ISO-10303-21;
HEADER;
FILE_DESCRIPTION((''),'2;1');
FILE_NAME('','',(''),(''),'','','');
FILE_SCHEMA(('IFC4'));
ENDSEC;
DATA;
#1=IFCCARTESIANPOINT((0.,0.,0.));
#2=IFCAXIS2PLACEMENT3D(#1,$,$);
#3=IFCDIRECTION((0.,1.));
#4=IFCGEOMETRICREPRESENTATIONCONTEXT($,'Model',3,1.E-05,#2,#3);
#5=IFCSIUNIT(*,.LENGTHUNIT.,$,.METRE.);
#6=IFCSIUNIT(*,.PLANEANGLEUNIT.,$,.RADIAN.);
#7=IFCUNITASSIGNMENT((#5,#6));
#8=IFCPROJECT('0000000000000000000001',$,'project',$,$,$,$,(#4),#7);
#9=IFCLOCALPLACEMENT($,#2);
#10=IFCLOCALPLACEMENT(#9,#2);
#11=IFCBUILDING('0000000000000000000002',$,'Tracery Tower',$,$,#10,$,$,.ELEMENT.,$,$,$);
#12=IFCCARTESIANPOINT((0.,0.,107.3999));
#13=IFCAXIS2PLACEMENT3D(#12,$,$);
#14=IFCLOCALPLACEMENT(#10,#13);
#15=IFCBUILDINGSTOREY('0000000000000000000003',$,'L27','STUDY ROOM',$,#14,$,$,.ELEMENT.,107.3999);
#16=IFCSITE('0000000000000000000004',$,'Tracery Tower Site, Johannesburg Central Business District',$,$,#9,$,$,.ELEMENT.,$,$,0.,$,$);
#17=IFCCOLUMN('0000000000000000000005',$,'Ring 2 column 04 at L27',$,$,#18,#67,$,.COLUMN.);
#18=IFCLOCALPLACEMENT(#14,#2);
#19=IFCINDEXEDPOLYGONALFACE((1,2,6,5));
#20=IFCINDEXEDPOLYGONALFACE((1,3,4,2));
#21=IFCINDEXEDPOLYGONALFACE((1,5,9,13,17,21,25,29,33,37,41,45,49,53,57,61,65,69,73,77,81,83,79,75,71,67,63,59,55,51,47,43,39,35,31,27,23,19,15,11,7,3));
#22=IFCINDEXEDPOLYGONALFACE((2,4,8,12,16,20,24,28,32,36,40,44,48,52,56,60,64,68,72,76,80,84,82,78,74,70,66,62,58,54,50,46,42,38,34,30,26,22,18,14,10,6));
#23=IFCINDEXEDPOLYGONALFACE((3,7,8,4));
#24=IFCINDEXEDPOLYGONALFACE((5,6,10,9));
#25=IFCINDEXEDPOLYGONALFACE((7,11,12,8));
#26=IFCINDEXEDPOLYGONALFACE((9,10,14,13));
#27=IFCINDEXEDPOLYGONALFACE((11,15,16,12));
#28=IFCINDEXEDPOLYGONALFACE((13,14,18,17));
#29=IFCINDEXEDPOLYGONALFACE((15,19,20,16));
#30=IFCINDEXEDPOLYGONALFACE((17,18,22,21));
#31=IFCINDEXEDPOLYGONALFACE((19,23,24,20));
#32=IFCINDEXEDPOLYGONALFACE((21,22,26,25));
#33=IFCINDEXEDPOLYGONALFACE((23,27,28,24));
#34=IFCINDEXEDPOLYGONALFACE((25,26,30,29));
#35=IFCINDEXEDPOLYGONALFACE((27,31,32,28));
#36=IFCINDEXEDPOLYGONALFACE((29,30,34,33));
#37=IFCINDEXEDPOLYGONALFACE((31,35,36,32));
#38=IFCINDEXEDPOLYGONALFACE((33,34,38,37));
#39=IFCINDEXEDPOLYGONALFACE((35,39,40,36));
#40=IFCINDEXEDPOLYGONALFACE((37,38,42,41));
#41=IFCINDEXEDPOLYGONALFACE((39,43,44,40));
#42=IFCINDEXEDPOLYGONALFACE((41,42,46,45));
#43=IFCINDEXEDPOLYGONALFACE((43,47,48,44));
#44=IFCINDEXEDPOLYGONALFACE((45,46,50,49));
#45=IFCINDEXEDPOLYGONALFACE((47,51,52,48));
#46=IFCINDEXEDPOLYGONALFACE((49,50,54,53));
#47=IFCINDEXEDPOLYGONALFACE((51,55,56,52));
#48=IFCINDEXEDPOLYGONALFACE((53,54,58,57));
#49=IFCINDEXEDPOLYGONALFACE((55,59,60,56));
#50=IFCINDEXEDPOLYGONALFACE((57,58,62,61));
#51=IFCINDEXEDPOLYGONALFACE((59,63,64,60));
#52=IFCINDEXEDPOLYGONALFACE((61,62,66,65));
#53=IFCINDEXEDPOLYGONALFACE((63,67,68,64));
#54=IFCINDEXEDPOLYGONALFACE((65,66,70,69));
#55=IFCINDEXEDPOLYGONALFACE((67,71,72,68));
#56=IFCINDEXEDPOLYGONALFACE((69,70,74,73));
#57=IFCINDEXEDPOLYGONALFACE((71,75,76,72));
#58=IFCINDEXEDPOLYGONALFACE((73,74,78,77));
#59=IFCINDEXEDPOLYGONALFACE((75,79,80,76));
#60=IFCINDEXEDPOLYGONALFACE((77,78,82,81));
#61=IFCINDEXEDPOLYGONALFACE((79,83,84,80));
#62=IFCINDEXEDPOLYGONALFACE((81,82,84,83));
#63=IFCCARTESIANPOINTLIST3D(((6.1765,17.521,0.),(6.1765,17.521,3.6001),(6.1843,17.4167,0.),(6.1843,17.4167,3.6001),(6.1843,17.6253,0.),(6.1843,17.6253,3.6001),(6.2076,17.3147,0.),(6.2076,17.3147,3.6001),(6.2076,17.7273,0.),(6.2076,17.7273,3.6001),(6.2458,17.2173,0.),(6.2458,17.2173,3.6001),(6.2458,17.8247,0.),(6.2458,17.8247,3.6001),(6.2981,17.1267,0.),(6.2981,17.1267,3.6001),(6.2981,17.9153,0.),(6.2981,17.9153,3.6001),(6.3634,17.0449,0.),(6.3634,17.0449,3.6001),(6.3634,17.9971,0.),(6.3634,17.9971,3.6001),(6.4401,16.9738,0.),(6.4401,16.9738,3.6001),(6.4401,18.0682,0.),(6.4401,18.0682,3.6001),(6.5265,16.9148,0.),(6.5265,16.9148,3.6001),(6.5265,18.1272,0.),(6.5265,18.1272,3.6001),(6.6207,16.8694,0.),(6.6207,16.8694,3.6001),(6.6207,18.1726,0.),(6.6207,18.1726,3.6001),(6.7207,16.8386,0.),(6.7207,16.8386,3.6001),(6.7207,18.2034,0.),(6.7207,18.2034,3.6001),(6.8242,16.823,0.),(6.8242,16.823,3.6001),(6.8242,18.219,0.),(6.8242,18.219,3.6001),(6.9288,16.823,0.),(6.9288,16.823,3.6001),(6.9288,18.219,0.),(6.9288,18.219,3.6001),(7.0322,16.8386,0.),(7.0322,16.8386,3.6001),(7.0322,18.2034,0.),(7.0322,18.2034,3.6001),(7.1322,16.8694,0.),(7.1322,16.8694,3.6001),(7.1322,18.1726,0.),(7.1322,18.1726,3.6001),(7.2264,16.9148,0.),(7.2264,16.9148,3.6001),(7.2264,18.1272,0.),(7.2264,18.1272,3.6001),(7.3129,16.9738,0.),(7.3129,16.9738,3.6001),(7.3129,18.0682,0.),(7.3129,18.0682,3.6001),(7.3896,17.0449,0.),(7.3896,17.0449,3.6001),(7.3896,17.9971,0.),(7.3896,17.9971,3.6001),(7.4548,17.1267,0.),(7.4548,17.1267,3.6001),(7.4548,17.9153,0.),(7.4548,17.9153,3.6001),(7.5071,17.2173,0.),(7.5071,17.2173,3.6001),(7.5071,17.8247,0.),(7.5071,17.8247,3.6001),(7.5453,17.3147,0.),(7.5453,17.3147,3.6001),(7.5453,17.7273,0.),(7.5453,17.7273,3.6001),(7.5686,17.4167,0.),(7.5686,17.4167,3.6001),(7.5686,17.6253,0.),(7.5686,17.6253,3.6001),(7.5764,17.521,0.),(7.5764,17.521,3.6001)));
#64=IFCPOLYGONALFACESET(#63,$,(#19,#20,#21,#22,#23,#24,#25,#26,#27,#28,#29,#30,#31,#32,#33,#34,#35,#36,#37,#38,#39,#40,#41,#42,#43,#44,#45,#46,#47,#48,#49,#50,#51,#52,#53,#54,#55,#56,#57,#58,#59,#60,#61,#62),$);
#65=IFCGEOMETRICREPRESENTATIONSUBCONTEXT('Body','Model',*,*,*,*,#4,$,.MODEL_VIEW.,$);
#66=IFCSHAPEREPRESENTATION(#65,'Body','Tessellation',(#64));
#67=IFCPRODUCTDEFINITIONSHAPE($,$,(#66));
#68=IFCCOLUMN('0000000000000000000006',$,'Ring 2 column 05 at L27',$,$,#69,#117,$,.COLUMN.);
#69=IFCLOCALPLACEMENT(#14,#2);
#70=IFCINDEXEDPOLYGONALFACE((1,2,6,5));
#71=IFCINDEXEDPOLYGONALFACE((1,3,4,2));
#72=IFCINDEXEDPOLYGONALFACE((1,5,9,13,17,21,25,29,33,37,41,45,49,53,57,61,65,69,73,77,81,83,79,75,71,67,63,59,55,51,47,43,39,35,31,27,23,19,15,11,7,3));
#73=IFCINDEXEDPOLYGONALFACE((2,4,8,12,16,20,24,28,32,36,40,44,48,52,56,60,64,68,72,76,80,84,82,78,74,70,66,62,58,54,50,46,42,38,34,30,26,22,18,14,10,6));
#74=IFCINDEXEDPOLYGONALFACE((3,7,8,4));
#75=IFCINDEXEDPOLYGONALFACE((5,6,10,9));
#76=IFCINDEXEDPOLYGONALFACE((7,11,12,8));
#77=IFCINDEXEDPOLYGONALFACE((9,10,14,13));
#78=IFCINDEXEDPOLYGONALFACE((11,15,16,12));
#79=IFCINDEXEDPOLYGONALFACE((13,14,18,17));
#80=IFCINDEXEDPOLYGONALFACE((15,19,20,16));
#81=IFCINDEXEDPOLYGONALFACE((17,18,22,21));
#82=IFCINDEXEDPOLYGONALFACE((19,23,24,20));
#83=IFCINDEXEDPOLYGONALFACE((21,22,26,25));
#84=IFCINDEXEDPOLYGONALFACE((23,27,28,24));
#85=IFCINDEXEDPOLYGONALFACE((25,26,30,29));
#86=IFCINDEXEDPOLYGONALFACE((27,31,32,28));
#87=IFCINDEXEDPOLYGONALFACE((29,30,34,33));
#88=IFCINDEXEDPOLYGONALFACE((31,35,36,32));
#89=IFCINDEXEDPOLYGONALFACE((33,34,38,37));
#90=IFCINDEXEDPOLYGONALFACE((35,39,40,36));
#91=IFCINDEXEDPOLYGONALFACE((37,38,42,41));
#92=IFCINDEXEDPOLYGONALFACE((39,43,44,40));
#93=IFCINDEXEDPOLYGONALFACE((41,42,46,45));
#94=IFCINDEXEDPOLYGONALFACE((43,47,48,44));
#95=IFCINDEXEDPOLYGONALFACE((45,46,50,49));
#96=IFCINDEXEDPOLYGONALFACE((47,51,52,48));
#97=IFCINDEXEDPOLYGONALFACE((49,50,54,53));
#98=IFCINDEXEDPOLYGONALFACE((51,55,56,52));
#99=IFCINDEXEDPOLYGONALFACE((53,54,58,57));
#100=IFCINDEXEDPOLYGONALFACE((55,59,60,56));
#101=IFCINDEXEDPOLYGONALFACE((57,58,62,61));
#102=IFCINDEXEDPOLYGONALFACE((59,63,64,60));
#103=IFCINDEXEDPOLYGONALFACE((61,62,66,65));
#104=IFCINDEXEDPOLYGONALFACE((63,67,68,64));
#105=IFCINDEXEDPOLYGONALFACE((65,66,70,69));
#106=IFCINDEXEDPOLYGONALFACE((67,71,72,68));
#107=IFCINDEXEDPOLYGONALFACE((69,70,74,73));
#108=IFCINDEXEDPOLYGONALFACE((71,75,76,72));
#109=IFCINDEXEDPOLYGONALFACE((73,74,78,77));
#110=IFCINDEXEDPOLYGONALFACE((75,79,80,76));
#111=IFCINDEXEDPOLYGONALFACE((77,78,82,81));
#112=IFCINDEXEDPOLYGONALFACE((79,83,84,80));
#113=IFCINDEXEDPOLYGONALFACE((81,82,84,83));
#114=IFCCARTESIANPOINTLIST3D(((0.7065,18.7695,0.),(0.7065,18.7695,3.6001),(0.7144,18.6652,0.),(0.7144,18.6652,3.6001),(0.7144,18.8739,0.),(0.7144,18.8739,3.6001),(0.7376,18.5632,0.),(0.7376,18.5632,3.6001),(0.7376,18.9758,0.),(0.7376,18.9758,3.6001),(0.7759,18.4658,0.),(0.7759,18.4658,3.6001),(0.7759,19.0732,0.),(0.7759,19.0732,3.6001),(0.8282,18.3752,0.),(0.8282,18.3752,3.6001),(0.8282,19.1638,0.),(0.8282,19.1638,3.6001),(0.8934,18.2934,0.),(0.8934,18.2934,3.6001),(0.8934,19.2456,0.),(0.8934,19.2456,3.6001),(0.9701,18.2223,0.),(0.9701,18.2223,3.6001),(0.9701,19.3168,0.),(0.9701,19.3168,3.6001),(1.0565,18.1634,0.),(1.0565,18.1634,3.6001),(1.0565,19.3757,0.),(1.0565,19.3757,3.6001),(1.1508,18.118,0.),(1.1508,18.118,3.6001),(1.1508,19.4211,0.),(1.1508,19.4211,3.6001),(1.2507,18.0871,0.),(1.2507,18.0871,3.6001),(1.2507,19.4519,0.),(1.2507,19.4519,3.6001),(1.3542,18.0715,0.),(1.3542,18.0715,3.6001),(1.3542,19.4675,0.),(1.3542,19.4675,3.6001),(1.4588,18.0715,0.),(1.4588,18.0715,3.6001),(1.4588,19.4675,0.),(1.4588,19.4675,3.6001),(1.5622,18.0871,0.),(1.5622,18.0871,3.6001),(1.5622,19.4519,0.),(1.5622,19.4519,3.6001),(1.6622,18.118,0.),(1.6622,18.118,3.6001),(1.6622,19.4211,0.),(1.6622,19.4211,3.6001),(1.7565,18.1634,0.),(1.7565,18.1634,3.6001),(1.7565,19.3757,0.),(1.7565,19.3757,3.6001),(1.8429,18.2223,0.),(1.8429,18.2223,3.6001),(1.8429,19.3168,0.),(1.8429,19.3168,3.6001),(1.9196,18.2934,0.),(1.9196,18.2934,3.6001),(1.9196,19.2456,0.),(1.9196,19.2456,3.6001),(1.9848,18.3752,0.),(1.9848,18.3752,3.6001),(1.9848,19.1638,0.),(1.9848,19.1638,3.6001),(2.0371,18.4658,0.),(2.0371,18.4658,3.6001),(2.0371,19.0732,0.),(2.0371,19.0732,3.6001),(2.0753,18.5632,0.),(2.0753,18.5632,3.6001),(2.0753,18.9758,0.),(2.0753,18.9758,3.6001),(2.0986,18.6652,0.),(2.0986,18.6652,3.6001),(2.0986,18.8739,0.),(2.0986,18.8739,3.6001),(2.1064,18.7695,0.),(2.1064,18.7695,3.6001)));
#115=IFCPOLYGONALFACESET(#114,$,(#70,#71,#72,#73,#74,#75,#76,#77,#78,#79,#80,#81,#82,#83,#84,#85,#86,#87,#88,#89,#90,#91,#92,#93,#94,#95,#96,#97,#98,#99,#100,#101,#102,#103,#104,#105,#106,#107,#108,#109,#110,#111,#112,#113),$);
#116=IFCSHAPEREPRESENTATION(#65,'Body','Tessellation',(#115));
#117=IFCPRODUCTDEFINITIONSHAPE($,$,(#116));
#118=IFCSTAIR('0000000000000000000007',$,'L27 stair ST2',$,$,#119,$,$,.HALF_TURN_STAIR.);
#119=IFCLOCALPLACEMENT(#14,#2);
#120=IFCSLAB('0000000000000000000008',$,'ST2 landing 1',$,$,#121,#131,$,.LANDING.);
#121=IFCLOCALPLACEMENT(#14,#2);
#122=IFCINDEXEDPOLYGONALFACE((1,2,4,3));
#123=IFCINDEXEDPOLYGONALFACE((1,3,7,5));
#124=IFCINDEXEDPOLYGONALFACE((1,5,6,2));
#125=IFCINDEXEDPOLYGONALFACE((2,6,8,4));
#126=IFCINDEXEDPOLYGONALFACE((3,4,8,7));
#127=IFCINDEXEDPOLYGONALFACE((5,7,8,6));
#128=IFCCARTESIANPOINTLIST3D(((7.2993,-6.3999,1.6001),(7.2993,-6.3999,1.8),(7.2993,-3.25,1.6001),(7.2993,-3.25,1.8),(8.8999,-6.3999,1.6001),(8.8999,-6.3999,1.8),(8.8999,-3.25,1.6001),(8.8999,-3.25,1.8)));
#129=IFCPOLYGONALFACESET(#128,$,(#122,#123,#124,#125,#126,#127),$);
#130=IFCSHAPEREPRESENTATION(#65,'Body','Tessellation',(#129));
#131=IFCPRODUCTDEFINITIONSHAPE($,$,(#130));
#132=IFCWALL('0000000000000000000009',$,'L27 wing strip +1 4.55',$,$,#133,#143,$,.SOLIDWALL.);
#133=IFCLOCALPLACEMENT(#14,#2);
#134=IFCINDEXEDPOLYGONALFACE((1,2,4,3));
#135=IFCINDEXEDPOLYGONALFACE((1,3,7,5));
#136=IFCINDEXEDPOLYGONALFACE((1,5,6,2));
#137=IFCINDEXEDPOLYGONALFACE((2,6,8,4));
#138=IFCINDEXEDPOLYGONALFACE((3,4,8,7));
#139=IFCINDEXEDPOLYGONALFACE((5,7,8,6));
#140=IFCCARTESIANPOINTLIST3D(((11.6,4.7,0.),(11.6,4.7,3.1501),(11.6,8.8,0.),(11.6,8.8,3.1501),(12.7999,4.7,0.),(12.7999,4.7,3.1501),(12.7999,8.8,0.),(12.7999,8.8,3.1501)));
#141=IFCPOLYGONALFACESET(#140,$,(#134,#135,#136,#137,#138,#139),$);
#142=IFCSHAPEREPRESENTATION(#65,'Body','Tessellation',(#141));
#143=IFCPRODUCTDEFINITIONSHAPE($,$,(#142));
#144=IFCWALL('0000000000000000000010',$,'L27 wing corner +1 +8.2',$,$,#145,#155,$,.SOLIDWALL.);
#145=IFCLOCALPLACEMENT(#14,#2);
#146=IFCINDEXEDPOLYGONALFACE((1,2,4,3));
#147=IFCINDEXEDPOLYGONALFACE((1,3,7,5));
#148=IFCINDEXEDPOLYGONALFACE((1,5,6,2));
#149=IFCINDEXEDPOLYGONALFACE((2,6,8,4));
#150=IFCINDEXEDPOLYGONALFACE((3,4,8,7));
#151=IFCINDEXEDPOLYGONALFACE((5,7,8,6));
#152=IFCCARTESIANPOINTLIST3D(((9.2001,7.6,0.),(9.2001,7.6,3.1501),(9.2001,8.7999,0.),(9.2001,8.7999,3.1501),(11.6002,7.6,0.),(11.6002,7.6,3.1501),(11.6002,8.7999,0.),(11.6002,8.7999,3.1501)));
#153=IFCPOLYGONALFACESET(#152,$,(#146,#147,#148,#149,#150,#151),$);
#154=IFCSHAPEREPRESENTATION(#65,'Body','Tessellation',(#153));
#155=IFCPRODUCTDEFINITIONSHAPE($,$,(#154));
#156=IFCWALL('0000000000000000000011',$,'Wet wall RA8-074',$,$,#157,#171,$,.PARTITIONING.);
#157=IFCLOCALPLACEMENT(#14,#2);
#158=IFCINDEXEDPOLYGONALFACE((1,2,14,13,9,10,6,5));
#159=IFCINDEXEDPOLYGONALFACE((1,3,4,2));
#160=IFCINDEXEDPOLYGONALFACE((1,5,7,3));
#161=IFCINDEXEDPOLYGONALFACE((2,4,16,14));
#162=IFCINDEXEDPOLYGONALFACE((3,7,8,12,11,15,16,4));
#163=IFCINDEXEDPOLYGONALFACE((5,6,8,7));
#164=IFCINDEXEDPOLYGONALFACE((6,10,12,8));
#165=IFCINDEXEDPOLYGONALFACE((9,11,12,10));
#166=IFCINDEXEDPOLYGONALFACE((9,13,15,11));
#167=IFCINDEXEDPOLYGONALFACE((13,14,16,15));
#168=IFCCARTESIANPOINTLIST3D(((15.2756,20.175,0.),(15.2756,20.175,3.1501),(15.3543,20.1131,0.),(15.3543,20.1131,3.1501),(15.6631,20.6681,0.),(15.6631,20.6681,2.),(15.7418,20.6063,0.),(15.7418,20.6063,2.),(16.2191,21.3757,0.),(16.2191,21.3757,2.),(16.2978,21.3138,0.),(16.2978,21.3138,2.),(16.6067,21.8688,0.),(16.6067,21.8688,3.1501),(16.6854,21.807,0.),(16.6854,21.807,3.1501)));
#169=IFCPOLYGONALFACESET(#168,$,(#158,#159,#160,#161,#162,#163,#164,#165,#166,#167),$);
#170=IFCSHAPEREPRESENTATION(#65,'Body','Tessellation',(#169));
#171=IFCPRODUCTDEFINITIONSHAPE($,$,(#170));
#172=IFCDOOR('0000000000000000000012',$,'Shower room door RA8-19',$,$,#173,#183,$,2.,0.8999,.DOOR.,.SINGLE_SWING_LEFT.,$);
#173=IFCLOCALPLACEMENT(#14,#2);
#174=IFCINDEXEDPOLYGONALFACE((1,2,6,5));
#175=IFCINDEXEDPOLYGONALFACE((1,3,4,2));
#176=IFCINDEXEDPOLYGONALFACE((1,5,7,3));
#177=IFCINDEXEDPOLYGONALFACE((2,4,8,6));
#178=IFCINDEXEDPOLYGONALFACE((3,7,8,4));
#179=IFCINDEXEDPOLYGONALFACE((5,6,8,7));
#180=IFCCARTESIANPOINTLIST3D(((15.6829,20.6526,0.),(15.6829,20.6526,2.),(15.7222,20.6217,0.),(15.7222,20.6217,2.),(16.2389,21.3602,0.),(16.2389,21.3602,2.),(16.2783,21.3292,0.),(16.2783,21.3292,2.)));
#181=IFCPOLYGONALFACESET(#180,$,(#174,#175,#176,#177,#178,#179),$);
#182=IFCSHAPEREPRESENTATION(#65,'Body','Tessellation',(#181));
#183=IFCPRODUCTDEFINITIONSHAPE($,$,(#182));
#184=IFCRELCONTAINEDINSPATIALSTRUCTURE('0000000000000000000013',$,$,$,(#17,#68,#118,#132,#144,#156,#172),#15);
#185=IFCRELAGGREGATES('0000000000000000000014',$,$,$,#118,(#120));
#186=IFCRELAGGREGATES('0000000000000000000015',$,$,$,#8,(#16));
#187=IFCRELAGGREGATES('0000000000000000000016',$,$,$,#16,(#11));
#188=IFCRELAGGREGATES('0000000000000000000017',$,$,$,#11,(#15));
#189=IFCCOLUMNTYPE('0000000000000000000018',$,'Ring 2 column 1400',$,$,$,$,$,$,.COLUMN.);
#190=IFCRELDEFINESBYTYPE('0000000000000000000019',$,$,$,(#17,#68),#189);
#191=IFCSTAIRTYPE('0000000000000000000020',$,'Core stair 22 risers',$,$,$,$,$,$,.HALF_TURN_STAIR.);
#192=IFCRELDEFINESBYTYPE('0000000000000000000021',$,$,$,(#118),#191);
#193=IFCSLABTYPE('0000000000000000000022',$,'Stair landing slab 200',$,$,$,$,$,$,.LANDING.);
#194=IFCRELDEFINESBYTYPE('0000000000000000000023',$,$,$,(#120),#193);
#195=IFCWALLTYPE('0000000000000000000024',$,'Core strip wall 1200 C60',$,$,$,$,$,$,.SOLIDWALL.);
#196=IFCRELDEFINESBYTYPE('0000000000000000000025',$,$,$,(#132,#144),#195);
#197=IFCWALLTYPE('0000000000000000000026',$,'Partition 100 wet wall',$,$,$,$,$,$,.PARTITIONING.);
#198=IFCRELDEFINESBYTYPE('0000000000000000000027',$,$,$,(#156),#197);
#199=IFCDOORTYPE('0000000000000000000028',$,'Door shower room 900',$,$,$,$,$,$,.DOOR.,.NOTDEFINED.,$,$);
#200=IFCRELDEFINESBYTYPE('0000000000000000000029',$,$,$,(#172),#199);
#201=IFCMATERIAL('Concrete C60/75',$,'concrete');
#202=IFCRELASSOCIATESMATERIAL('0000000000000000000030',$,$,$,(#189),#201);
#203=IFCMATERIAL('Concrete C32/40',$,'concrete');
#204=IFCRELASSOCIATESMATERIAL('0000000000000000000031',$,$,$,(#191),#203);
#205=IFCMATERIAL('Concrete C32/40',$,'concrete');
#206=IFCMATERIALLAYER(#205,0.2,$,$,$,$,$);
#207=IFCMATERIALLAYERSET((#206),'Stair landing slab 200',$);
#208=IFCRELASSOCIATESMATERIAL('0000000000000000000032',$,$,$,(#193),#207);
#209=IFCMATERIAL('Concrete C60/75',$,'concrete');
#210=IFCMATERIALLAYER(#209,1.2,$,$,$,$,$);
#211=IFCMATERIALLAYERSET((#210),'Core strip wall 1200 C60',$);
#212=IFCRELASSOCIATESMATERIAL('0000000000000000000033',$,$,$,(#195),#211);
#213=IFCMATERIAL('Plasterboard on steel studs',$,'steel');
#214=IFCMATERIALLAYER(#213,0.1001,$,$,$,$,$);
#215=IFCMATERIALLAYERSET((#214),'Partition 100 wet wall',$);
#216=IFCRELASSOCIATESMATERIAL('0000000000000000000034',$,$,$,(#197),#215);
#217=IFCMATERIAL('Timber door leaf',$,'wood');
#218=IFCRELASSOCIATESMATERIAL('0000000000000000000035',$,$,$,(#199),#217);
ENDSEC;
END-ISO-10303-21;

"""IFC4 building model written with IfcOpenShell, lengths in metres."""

from ifc_helpers import new_model, si_unit, direction, frame, frame_2d, origin, origin_2d, place, context, subcontext, project, spatial, polyline, rectangle, circle, outline, extrude, material, layer, layer_set, material_profile, profile_set, type_object, element, fill, aggregate, save


model = new_model("IFC4")

# Units and contexts
model_context = context("Model", 3, precision=1e-05, world=origin(), true_north=direction((0.0, 1.0)))
body_context = subcontext(model_context, "Body", "Model", "MODEL_VIEW")
ifc_project = project(units=[si_unit("LENGTHUNIT", "METRE"), si_unit("PLANEANGLEUNIT", "RADIAN")], contexts=[model_context])

# Site, building, storey
site_placement = place(None, origin())
site = spatial("IfcSite", under=ifc_project, at=site_placement, Name="Tracery Tower Site, Johannesburg Central Business District", CompositionType="ELEMENT", RefElevation=0.0)
building_placement = place(site_placement, origin())
building = spatial("IfcBuilding", under=site, at=building_placement, Name="Tracery Tower", CompositionType="ELEMENT")
storey_placement = place(building_placement, frame((0.0, 0.0, 107.3999)))
storey = spatial("IfcBuildingStorey", under=building, at=storey_placement, Name="L27", Description="STUDY ROOM", CompositionType="ELEMENT", Elevation=107.3999)

# Columns
ifc_material_1 = material(Name="Concrete C60/75", Category="concrete")
ifc_material_profile_1 = material_profile(ifc_material_1, circle(Radius=0.7, at=origin_2d()), Name="RC D1400")
ifc_profile_set_1 = profile_set([ifc_material_profile_1], Name="Concrete C60/75")
column_type_1 = type_object("IfcColumnType", Name="Ring 2 column 1400", PredefinedType="COLUMN", material=ifc_profile_set_1)
for number, where, z_axis, x_axis, name in (
    (1, (6.8765, 17.521, 0.0), (0.0, 0.0, 1.0), (1.0, 0.0, 0.0), "Ring 2 column 04 at L27"),
    (2, (1.4065, 18.7695, 0.0), (0.0, 0.0, 1.0), (1.0, 0.0, 0.0), "Ring 2 column 05 at L27"),
):
    element("IfcColumn", number, at=place(storey_placement, frame(where, z_axis=z_axis, x_axis=x_axis)), inside=storey, type_object=column_type_1, Name=name, PredefinedType="COLUMN", context=body_context, shape_type="SweptSolid", body=[
        extrude(circle(Radius=0.7, at=origin_2d()), origin(), (0.0, 0.0, 1.0), 3.6001),
    ])

# Stair, slab
ifc_material_2 = material(Name="Concrete C32/40", Category="concrete")
stair_type = type_object("IfcStairType", Name="Core stair 22 risers", PredefinedType="HALF_TURN_STAIR", material=ifc_material_2)
stair_placement = place(storey_placement, origin())
stair = element("IfcStair", 3, at=stair_placement, inside=storey, type_object=stair_type, Name="L27 stair ST2", PredefinedType="HALF_TURN_STAIR")
ifc_material_3 = material(Name="Concrete C32/40", Category="concrete")
ifc_layer_1 = layer(ifc_material_3, 0.2)
ifc_layer_set_1 = layer_set([ifc_layer_1], Name="Stair landing slab 200")
slab_type = type_object("IfcSlabType", Name="Stair landing slab 200", PredefinedType="LANDING", material=ifc_layer_set_1)
slab_placement = place(storey_placement, frame((0.0, 0.0, 1.6001)))
slab = element("IfcSlab", 4, at=slab_placement, type_object=slab_type, Name="ST2 landing 1", PredefinedType="LANDING", context=body_context, shape_type="SweptSolid", body=[
    extrude(outline(polyline([(7.2993, -6.3999), (8.8999, -6.3999), (8.8999, -3.25), (7.2993, -3.25), (7.2993, -6.3999)])), origin(), (0.0, 0.0, 1.0), 0.2),
])
aggregate(stair, [slab])

# Walls
ifc_material_4 = material(Name="Concrete C60/75", Category="concrete")
ifc_layer_2 = layer(ifc_material_4, 1.2)
ifc_layer_set_2 = layer_set([ifc_layer_2], Name="Core strip wall 1200 C60")
wall_type_1 = type_object("IfcWallType", Name="Core strip wall 1200 C60", PredefinedType="SOLIDWALL", material=ifc_layer_set_2)
wall_1_placement = place(storey_placement, frame((12.2, 4.7, 0.0), z_axis=(0.0, 0.0, 1.0), x_axis=(0.0, 1.0, 0.0)))
element("IfcWall", 5, at=wall_1_placement, inside=storey, type_object=wall_type_1, Name="L27 wing strip +1 4.55", PredefinedType="SOLIDWALL", context=body_context, shape_type="SweptSolid", body=[
    extrude(rectangle(XDim=4.1001, YDim=1.2, at=frame_2d((2.05, 0.0))), origin(), (0.0, 0.0, 1.0), 3.1501),
])
wall_2_placement = place(storey_placement, frame((9.2, 8.2, 0.0), z_axis=(0.0, 0.0, 1.0), x_axis=(1.0, 0.0, 0.0)))
element("IfcWall", 6, at=wall_2_placement, inside=storey, type_object=wall_type_1, Name="L27 wing corner +1 +8.2", PredefinedType="SOLIDWALL", context=body_context, shape_type="SweptSolid", body=[
    extrude(rectangle(XDim=2.4001, YDim=1.2, at=frame_2d((1.2002, 0.0))), origin(), (0.0, 0.0, 1.0), 3.1501),
])

# Wall, opening, door
ifc_material_5 = material(Name="Plasterboard on steel studs", Category="steel")
ifc_layer_3 = layer(ifc_material_5, 0.1001)
ifc_layer_set_3 = layer_set([ifc_layer_3], Name="Partition 100 wet wall")
wall_type_2 = type_object("IfcWallType", Name="Partition 100 wet wall", PredefinedType="PARTITIONING", material=ifc_layer_set_3)
wall_3_placement = place(storey_placement, frame((15.3149, 20.144, 0.0), z_axis=(0.0, 0.0, 1.0), x_axis=(0.617872, 0.786279, 0.0)))
wall_3 = element("IfcWall", 7, at=wall_3_placement, inside=storey, type_object=wall_type_2, Name="Wet wall RA8-074", PredefinedType="PARTITIONING", context=body_context, shape_type="SweptSolid", body=[
    extrude(rectangle(XDim=2.1543, YDim=0.1001, at=frame_2d((1.0771, 0.0))), origin(), (0.0, 0.0, 1.0), 3.1501),
])
opening_1_placement = place(wall_3_placement, frame((0.6272, 0.0, 0.0)))
opening_1 = element("IfcOpeningElement", 8, at=opening_1_placement, cuts=wall_3, PredefinedType="OPENING", context=body_context, shape_type="SweptSolid", body=[
    extrude(rectangle(XDim=0.8999, YDim=2.0, at=frame_2d((0.45, 1.0))), frame((0.0, 0.05, 0.0), z_axis=(0.0, -1.0, 0.0), x_axis=(1.0, 0.0, 0.0)), (0.0, 0.0, 1.0), 0.1001),
])
ifc_material_6 = material(Name="Timber door leaf", Category="wood")
door_type_1 = type_object("IfcDoorType", Name="Door shower room 900", OperationType="NOTDEFINED", PredefinedType="DOOR", material=ifc_material_6)
door_1_placement = place(opening_1_placement, origin())
door_1 = element("IfcDoor", 9, at=door_1_placement, inside=storey, type_object=door_type_1, Name="Shower room door RA8-19", OperationType="SINGLE_SWING_LEFT", OverallHeight=2.0, OverallWidth=0.8999, PredefinedType="DOOR", context=body_context, shape_type="SweptSolid", body=[
    extrude(rectangle(XDim=0.8999, YDim=2.0, at=frame_2d((0.45, 1.0))), frame((0.0, 0.0249, 0.0), z_axis=(0.0, -1.0, 0.0), x_axis=(1.0, 0.0, 0.0)), (0.0, 0.0, 1.0), 0.05),
])
fill(opening_1, door_1)

save(model, "model.ifc")
